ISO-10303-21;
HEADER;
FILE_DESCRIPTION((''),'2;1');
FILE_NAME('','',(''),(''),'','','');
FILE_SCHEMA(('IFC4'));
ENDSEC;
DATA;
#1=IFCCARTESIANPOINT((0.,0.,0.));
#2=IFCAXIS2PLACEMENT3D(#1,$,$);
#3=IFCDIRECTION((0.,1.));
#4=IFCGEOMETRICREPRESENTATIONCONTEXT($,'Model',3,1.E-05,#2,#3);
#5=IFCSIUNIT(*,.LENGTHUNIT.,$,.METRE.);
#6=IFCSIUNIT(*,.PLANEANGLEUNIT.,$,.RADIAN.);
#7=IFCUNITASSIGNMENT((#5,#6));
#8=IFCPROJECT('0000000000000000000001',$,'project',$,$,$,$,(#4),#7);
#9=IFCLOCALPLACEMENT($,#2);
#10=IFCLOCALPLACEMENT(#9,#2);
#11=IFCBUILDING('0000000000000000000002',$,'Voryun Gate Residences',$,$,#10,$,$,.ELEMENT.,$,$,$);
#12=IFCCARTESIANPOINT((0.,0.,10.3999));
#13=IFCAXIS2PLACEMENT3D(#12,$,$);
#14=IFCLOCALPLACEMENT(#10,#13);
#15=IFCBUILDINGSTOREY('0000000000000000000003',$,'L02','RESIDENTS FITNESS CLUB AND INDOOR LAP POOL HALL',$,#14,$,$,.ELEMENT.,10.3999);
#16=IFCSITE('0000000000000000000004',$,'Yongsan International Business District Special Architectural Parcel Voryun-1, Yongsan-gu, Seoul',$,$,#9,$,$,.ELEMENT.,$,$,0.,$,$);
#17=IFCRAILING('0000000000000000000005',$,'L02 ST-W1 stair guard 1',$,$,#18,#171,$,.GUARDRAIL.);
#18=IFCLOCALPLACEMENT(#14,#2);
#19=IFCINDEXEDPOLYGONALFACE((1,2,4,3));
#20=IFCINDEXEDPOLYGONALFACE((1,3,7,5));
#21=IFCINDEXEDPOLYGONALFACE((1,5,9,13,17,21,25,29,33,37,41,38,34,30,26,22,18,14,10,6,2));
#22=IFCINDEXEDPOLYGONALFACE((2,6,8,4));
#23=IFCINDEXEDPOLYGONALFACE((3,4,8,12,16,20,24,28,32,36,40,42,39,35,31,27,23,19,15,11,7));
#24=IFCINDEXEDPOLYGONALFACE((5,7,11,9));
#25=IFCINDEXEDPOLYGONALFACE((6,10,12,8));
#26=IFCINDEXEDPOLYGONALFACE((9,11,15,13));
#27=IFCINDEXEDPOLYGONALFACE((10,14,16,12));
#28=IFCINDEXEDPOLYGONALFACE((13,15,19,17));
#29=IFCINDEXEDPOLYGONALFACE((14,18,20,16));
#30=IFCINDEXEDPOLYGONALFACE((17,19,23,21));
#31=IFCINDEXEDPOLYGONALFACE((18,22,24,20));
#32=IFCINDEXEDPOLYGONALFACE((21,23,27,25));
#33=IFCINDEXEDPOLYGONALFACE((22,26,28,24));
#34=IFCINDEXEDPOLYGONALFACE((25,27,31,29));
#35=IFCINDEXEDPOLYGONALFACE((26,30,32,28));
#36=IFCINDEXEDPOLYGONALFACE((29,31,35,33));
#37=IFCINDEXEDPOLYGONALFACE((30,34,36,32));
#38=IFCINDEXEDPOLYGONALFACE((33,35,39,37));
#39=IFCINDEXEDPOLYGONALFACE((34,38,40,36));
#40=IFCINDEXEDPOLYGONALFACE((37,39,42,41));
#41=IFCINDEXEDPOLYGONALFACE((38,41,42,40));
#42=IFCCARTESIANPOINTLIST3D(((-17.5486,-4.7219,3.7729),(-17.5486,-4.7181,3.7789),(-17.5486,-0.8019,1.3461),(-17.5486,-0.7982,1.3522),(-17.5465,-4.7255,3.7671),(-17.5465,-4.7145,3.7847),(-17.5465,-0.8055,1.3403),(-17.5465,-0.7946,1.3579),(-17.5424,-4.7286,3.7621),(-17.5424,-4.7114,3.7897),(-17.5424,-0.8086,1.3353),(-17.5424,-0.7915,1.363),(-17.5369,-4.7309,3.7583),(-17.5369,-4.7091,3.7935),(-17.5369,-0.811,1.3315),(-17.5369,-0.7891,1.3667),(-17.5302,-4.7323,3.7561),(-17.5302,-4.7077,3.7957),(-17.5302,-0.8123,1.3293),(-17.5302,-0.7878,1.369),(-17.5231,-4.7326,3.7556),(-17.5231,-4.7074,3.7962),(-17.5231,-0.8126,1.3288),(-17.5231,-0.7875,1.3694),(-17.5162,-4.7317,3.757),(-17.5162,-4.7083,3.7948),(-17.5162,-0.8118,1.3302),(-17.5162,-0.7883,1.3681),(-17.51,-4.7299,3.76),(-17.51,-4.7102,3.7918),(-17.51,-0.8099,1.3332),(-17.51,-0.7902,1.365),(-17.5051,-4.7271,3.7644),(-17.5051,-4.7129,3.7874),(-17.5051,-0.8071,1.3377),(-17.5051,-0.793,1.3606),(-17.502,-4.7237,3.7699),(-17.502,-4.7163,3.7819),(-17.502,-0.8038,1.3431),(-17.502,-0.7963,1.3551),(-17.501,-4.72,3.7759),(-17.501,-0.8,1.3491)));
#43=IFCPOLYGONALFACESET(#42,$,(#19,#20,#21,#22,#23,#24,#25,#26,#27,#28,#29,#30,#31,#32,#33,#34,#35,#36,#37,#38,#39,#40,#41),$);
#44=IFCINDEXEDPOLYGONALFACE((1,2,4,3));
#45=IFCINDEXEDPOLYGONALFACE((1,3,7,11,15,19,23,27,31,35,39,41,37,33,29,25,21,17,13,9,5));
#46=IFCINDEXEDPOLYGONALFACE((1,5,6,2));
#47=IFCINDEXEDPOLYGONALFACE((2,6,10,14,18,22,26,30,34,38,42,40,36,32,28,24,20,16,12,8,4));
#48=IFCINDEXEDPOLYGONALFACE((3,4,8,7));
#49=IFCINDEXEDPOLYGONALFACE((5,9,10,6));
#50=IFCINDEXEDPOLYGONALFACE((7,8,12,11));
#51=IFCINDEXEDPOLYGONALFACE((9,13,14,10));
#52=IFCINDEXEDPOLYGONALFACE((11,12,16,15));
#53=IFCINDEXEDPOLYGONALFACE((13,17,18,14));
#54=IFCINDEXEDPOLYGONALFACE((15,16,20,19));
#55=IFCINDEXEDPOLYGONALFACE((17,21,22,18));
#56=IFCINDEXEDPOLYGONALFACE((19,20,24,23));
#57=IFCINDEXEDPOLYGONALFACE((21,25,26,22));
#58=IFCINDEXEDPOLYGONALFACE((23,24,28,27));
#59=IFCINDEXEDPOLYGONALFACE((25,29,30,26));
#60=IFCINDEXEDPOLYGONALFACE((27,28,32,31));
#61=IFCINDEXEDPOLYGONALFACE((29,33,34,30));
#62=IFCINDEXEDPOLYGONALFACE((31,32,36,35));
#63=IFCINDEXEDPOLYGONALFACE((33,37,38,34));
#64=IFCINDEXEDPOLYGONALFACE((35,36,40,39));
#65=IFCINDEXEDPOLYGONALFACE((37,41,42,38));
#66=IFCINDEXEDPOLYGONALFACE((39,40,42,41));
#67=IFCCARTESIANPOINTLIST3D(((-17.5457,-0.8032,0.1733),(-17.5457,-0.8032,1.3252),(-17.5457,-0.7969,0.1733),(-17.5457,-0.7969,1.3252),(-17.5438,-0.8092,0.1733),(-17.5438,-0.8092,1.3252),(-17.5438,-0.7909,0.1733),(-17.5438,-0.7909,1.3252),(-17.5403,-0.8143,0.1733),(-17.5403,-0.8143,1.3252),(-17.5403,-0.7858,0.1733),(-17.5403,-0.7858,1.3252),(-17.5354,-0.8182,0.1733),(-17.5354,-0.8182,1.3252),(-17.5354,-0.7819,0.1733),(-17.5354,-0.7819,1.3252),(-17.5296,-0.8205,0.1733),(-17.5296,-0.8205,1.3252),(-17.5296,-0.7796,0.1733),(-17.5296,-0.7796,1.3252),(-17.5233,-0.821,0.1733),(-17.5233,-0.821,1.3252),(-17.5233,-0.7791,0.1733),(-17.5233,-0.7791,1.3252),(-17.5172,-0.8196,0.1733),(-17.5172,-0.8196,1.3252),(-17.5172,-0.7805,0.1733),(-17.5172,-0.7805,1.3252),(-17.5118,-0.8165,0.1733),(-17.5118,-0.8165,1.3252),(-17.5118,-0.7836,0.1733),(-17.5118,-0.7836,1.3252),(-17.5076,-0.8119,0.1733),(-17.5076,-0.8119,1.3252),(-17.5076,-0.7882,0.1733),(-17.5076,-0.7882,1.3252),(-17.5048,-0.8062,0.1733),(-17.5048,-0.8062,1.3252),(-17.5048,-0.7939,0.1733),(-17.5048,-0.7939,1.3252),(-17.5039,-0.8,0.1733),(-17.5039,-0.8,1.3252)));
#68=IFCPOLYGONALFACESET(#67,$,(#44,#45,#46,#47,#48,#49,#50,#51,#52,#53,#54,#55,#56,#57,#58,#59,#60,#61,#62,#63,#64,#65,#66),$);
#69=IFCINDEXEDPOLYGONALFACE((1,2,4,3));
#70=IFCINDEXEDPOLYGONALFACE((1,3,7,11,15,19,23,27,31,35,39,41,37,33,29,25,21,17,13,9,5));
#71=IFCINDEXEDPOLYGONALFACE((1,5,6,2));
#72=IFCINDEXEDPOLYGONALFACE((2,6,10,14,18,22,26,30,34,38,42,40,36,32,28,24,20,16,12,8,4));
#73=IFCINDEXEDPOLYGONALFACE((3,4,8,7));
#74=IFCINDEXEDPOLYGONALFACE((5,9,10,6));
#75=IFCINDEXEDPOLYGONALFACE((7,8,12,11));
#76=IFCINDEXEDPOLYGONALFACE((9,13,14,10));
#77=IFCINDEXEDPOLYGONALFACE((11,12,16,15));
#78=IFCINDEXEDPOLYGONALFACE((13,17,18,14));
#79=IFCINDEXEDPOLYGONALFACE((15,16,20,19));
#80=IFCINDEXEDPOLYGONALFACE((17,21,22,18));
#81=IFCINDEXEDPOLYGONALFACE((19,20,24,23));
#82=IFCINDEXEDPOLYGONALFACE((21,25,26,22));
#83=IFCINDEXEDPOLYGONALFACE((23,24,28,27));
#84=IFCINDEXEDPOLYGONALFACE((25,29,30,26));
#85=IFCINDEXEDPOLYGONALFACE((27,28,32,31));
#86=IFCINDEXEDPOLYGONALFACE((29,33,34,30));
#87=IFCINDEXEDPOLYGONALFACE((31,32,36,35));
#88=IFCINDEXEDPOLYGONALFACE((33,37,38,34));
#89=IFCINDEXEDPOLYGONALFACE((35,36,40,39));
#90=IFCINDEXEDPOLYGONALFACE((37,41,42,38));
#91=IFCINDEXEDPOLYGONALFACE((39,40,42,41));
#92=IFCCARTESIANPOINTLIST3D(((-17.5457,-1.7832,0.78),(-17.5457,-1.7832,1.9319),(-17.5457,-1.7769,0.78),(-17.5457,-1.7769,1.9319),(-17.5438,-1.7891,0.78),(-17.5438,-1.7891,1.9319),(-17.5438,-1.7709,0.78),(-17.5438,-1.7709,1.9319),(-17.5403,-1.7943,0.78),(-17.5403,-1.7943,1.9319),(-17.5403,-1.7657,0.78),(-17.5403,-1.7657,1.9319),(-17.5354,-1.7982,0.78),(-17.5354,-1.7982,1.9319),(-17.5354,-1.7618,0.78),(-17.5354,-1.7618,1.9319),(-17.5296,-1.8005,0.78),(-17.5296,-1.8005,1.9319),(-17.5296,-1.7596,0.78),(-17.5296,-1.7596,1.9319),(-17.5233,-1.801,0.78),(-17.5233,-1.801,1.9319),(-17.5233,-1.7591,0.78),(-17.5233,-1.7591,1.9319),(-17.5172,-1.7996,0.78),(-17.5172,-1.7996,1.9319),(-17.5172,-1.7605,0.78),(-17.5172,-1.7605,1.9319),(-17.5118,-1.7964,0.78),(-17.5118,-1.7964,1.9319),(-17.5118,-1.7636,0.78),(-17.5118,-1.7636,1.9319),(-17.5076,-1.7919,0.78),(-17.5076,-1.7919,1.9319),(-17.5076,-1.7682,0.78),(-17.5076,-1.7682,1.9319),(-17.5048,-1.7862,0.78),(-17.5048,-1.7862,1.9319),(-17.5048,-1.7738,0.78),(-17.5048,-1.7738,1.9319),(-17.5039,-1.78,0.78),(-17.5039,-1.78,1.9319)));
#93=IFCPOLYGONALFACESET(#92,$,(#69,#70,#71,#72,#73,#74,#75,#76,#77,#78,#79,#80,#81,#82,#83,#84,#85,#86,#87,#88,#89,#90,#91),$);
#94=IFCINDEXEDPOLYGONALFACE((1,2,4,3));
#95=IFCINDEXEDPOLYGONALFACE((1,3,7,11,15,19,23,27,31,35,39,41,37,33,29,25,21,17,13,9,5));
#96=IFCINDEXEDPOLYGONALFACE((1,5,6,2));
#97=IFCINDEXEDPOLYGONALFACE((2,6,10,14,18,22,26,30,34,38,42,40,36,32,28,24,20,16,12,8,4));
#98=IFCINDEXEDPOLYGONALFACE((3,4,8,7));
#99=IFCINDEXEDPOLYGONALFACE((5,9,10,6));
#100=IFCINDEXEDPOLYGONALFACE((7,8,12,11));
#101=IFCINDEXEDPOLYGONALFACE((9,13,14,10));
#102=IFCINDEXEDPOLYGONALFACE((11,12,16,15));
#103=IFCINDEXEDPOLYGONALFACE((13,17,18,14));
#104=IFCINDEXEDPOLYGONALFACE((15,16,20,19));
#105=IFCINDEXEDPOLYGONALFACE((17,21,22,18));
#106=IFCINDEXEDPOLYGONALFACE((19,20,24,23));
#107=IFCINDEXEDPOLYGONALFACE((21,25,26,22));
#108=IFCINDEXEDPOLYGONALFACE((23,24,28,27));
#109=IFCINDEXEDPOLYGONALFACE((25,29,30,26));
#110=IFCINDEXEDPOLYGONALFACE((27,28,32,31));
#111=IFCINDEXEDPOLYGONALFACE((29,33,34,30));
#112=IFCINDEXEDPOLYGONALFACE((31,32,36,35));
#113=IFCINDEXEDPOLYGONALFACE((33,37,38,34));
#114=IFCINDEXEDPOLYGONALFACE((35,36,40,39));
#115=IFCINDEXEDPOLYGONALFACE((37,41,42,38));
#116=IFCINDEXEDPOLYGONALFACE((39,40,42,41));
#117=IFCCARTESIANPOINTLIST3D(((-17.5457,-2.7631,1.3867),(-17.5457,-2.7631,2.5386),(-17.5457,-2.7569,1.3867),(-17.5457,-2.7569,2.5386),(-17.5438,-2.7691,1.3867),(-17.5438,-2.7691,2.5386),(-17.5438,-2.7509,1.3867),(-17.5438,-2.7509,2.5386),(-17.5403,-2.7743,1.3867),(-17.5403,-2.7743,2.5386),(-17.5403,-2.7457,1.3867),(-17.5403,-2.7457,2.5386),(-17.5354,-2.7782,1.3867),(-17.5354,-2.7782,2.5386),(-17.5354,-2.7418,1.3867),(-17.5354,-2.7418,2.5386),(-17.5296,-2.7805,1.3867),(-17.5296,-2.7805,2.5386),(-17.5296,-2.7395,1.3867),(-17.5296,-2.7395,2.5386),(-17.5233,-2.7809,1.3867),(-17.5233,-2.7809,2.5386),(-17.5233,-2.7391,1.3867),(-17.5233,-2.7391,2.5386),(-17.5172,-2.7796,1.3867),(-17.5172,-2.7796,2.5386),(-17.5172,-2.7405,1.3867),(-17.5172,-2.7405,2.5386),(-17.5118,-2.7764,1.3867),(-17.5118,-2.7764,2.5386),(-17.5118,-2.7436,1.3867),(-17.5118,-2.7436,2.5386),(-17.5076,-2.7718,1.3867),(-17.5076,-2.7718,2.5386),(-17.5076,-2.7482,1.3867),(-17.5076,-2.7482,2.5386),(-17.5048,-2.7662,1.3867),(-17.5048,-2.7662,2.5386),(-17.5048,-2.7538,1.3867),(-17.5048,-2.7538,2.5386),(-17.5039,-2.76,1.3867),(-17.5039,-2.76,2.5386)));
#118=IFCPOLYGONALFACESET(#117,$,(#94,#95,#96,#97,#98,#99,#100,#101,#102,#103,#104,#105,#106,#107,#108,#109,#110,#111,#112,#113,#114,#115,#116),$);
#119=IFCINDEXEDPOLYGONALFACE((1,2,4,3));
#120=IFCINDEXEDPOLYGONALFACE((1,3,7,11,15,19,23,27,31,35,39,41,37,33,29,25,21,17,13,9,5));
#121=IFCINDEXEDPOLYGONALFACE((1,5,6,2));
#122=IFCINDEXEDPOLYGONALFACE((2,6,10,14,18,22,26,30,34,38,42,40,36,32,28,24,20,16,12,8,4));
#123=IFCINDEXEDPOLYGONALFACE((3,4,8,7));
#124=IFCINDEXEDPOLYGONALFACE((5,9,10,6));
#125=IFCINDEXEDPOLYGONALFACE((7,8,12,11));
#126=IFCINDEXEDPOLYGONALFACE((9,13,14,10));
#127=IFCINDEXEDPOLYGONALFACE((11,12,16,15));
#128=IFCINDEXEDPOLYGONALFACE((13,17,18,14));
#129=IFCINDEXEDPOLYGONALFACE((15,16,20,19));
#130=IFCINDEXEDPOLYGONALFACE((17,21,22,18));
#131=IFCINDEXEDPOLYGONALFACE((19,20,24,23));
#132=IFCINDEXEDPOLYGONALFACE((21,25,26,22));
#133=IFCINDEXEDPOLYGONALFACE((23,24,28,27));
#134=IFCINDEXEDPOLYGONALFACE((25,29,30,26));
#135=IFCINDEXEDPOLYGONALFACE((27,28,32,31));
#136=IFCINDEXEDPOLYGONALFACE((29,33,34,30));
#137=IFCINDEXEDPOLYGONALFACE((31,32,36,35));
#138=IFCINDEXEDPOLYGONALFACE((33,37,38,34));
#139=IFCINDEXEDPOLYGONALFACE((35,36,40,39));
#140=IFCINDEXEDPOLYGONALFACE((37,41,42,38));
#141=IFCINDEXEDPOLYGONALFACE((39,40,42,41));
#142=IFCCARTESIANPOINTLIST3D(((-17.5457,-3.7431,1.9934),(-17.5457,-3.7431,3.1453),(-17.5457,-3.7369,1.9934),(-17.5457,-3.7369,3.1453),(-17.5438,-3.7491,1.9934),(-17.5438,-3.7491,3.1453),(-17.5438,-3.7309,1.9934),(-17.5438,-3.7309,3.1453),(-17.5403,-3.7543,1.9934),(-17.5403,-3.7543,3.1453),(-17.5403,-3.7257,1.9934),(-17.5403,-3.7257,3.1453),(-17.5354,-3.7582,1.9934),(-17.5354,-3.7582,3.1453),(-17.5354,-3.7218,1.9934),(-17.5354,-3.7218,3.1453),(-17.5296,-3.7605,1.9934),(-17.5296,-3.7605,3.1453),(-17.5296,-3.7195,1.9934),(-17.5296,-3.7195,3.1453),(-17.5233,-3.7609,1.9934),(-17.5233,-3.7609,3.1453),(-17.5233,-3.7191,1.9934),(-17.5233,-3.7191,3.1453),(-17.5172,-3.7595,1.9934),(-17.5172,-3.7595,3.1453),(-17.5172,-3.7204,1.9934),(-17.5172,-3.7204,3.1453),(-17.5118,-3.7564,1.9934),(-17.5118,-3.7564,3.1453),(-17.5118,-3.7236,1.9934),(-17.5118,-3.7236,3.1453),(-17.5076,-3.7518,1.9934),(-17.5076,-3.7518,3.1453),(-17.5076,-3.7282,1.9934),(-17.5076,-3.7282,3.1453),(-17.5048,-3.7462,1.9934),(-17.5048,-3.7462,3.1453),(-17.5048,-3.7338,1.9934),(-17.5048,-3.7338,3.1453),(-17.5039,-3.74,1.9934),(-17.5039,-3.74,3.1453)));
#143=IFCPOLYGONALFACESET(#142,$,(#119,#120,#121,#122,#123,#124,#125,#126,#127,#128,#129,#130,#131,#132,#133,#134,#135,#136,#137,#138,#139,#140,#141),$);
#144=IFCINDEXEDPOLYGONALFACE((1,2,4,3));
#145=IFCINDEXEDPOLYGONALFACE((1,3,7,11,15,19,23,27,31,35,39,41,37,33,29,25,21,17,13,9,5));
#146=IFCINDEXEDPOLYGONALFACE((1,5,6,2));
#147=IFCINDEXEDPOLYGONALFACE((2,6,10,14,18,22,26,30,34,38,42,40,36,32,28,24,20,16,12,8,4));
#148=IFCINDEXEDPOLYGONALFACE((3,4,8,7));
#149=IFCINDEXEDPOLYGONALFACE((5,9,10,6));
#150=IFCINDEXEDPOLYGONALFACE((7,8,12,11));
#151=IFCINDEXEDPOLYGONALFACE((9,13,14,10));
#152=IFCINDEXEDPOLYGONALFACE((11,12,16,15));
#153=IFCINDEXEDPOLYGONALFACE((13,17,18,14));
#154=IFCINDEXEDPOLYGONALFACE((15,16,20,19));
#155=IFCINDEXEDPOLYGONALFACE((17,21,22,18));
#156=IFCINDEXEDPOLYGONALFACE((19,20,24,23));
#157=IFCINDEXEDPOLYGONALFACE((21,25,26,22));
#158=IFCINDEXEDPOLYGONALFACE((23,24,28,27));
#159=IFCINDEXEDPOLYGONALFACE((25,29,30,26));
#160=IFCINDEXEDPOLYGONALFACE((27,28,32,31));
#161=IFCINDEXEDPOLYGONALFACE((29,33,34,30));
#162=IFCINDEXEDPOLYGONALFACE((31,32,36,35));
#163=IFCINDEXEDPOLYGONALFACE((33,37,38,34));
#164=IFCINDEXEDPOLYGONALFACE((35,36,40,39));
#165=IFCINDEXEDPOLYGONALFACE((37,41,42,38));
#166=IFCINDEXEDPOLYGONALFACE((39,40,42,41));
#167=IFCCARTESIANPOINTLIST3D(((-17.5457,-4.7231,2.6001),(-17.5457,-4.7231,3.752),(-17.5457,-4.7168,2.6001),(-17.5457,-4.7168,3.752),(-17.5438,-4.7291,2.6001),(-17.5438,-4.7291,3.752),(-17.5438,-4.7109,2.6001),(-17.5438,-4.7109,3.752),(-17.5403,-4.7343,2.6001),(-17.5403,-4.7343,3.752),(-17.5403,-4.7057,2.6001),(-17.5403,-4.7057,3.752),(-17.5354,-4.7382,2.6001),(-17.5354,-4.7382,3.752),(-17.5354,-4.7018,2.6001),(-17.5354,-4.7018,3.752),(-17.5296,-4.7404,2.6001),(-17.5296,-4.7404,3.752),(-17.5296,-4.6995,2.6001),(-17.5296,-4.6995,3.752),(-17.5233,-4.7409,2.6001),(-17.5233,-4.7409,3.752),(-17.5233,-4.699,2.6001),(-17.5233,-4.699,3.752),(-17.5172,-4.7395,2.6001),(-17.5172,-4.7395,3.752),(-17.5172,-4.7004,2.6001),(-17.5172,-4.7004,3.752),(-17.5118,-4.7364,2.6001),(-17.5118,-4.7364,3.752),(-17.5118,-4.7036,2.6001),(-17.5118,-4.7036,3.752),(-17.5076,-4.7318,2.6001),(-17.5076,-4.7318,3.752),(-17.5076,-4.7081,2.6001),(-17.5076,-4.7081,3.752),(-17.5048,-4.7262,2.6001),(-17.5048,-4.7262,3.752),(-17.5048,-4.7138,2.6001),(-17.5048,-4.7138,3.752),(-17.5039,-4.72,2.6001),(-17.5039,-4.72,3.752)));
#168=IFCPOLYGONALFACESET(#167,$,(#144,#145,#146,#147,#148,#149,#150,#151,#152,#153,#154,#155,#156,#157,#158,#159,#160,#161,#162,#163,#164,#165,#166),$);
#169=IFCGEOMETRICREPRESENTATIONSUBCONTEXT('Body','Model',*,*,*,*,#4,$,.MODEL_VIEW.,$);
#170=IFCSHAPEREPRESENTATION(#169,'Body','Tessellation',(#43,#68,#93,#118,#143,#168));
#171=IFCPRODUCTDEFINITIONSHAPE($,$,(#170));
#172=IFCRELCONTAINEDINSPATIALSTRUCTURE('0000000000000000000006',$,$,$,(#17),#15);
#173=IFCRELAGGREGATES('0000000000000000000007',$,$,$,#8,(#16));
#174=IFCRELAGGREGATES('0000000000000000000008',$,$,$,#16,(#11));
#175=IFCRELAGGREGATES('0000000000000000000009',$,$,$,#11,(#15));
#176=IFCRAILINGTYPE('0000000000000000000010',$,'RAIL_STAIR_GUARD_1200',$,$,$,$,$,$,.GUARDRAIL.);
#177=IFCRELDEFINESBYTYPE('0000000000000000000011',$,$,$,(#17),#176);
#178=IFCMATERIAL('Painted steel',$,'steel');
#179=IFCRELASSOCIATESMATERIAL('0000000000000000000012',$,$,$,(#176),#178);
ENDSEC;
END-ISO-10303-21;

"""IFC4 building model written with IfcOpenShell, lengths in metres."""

from ifc_helpers import new_model, si_unit, direction, frame, origin, origin_2d, place, context, subcontext, project, spatial, circle, extrude, material, type_object, element, save


model = new_model("IFC4")

# Units and contexts
model_context = context("Model", 3, precision=1e-05, world=origin(), true_north=direction((0.0, 1.0)))
body_context = subcontext(model_context, "Body", "Model", "MODEL_VIEW")
ifc_project = project(units=[si_unit("LENGTHUNIT", "METRE"), si_unit("PLANEANGLEUNIT", "RADIAN")], contexts=[model_context])

# Site, building, storey
site_placement = place(None, origin())
site = spatial("IfcSite", under=ifc_project, at=site_placement, Name="Yongsan International Business District Special Architectural Parcel Voryun-1, Yongsan-gu, Seoul", CompositionType="ELEMENT", RefElevation=0.0)
building_placement = place(site_placement, origin())
building = spatial("IfcBuilding", under=site, at=building_placement, Name="Voryun Gate Residences", CompositionType="ELEMENT")
storey_placement = place(building_placement, frame((0.0, 0.0, 10.3999)))
storey = spatial("IfcBuildingStorey", under=building, at=storey_placement, Name="L02", Description="RESIDENTS FITNESS CLUB AND INDOOR LAP POOL HALL", CompositionType="ELEMENT", Elevation=10.3999)

# Railing
ifc_material_1 = material(Name="Painted steel", Category="steel")
railing_type_1 = type_object("IfcRailingType", Name="RAIL_STAIR_GUARD_1200", PredefinedType="GUARDRAIL", material=ifc_material_1)
railing_1_placement = place(storey_placement, frame((-17.5249, -0.8, 0.1733)))
element("IfcRailing", 1, at=railing_1_placement, inside=storey, type_object=railing_type_1, Name="L02 ST-W1 stair guard 1", PredefinedType="GUARDRAIL", context=body_context, shape_type="SweptSolid", body=[
    extrude(circle(Radius=0.0239, at=origin_2d()), frame((0.0, 0.0, 1.1758), z_axis=(0.0, -0.850252, 0.526376), x_axis=(1.0, 0.0, 0.0)), (0.0, 0.0, 1.0), 4.6104),
    extrude(circle(Radius=0.021, at=origin_2d()), origin(), (0.0, 0.0, 1.0), 1.1519),
    extrude(circle(Radius=0.021, at=origin_2d()), frame((0.0, -0.98, 0.6067)), (0.0, 0.0, 1.0), 1.1519),
    extrude(circle(Radius=0.021, at=origin_2d()), frame((0.0, -1.96, 1.2134)), (0.0, 0.0, 1.0), 1.1519),
    extrude(circle(Radius=0.021, at=origin_2d()), frame((0.0, -2.9399, 1.8201)), (0.0, 0.0, 1.0), 1.1519),
    extrude(circle(Radius=0.021, at=origin_2d()), frame((0.0, -3.9199, 2.4268)), (0.0, 0.0, 1.0), 1.1519),
])

save(model, "model.ifc")
